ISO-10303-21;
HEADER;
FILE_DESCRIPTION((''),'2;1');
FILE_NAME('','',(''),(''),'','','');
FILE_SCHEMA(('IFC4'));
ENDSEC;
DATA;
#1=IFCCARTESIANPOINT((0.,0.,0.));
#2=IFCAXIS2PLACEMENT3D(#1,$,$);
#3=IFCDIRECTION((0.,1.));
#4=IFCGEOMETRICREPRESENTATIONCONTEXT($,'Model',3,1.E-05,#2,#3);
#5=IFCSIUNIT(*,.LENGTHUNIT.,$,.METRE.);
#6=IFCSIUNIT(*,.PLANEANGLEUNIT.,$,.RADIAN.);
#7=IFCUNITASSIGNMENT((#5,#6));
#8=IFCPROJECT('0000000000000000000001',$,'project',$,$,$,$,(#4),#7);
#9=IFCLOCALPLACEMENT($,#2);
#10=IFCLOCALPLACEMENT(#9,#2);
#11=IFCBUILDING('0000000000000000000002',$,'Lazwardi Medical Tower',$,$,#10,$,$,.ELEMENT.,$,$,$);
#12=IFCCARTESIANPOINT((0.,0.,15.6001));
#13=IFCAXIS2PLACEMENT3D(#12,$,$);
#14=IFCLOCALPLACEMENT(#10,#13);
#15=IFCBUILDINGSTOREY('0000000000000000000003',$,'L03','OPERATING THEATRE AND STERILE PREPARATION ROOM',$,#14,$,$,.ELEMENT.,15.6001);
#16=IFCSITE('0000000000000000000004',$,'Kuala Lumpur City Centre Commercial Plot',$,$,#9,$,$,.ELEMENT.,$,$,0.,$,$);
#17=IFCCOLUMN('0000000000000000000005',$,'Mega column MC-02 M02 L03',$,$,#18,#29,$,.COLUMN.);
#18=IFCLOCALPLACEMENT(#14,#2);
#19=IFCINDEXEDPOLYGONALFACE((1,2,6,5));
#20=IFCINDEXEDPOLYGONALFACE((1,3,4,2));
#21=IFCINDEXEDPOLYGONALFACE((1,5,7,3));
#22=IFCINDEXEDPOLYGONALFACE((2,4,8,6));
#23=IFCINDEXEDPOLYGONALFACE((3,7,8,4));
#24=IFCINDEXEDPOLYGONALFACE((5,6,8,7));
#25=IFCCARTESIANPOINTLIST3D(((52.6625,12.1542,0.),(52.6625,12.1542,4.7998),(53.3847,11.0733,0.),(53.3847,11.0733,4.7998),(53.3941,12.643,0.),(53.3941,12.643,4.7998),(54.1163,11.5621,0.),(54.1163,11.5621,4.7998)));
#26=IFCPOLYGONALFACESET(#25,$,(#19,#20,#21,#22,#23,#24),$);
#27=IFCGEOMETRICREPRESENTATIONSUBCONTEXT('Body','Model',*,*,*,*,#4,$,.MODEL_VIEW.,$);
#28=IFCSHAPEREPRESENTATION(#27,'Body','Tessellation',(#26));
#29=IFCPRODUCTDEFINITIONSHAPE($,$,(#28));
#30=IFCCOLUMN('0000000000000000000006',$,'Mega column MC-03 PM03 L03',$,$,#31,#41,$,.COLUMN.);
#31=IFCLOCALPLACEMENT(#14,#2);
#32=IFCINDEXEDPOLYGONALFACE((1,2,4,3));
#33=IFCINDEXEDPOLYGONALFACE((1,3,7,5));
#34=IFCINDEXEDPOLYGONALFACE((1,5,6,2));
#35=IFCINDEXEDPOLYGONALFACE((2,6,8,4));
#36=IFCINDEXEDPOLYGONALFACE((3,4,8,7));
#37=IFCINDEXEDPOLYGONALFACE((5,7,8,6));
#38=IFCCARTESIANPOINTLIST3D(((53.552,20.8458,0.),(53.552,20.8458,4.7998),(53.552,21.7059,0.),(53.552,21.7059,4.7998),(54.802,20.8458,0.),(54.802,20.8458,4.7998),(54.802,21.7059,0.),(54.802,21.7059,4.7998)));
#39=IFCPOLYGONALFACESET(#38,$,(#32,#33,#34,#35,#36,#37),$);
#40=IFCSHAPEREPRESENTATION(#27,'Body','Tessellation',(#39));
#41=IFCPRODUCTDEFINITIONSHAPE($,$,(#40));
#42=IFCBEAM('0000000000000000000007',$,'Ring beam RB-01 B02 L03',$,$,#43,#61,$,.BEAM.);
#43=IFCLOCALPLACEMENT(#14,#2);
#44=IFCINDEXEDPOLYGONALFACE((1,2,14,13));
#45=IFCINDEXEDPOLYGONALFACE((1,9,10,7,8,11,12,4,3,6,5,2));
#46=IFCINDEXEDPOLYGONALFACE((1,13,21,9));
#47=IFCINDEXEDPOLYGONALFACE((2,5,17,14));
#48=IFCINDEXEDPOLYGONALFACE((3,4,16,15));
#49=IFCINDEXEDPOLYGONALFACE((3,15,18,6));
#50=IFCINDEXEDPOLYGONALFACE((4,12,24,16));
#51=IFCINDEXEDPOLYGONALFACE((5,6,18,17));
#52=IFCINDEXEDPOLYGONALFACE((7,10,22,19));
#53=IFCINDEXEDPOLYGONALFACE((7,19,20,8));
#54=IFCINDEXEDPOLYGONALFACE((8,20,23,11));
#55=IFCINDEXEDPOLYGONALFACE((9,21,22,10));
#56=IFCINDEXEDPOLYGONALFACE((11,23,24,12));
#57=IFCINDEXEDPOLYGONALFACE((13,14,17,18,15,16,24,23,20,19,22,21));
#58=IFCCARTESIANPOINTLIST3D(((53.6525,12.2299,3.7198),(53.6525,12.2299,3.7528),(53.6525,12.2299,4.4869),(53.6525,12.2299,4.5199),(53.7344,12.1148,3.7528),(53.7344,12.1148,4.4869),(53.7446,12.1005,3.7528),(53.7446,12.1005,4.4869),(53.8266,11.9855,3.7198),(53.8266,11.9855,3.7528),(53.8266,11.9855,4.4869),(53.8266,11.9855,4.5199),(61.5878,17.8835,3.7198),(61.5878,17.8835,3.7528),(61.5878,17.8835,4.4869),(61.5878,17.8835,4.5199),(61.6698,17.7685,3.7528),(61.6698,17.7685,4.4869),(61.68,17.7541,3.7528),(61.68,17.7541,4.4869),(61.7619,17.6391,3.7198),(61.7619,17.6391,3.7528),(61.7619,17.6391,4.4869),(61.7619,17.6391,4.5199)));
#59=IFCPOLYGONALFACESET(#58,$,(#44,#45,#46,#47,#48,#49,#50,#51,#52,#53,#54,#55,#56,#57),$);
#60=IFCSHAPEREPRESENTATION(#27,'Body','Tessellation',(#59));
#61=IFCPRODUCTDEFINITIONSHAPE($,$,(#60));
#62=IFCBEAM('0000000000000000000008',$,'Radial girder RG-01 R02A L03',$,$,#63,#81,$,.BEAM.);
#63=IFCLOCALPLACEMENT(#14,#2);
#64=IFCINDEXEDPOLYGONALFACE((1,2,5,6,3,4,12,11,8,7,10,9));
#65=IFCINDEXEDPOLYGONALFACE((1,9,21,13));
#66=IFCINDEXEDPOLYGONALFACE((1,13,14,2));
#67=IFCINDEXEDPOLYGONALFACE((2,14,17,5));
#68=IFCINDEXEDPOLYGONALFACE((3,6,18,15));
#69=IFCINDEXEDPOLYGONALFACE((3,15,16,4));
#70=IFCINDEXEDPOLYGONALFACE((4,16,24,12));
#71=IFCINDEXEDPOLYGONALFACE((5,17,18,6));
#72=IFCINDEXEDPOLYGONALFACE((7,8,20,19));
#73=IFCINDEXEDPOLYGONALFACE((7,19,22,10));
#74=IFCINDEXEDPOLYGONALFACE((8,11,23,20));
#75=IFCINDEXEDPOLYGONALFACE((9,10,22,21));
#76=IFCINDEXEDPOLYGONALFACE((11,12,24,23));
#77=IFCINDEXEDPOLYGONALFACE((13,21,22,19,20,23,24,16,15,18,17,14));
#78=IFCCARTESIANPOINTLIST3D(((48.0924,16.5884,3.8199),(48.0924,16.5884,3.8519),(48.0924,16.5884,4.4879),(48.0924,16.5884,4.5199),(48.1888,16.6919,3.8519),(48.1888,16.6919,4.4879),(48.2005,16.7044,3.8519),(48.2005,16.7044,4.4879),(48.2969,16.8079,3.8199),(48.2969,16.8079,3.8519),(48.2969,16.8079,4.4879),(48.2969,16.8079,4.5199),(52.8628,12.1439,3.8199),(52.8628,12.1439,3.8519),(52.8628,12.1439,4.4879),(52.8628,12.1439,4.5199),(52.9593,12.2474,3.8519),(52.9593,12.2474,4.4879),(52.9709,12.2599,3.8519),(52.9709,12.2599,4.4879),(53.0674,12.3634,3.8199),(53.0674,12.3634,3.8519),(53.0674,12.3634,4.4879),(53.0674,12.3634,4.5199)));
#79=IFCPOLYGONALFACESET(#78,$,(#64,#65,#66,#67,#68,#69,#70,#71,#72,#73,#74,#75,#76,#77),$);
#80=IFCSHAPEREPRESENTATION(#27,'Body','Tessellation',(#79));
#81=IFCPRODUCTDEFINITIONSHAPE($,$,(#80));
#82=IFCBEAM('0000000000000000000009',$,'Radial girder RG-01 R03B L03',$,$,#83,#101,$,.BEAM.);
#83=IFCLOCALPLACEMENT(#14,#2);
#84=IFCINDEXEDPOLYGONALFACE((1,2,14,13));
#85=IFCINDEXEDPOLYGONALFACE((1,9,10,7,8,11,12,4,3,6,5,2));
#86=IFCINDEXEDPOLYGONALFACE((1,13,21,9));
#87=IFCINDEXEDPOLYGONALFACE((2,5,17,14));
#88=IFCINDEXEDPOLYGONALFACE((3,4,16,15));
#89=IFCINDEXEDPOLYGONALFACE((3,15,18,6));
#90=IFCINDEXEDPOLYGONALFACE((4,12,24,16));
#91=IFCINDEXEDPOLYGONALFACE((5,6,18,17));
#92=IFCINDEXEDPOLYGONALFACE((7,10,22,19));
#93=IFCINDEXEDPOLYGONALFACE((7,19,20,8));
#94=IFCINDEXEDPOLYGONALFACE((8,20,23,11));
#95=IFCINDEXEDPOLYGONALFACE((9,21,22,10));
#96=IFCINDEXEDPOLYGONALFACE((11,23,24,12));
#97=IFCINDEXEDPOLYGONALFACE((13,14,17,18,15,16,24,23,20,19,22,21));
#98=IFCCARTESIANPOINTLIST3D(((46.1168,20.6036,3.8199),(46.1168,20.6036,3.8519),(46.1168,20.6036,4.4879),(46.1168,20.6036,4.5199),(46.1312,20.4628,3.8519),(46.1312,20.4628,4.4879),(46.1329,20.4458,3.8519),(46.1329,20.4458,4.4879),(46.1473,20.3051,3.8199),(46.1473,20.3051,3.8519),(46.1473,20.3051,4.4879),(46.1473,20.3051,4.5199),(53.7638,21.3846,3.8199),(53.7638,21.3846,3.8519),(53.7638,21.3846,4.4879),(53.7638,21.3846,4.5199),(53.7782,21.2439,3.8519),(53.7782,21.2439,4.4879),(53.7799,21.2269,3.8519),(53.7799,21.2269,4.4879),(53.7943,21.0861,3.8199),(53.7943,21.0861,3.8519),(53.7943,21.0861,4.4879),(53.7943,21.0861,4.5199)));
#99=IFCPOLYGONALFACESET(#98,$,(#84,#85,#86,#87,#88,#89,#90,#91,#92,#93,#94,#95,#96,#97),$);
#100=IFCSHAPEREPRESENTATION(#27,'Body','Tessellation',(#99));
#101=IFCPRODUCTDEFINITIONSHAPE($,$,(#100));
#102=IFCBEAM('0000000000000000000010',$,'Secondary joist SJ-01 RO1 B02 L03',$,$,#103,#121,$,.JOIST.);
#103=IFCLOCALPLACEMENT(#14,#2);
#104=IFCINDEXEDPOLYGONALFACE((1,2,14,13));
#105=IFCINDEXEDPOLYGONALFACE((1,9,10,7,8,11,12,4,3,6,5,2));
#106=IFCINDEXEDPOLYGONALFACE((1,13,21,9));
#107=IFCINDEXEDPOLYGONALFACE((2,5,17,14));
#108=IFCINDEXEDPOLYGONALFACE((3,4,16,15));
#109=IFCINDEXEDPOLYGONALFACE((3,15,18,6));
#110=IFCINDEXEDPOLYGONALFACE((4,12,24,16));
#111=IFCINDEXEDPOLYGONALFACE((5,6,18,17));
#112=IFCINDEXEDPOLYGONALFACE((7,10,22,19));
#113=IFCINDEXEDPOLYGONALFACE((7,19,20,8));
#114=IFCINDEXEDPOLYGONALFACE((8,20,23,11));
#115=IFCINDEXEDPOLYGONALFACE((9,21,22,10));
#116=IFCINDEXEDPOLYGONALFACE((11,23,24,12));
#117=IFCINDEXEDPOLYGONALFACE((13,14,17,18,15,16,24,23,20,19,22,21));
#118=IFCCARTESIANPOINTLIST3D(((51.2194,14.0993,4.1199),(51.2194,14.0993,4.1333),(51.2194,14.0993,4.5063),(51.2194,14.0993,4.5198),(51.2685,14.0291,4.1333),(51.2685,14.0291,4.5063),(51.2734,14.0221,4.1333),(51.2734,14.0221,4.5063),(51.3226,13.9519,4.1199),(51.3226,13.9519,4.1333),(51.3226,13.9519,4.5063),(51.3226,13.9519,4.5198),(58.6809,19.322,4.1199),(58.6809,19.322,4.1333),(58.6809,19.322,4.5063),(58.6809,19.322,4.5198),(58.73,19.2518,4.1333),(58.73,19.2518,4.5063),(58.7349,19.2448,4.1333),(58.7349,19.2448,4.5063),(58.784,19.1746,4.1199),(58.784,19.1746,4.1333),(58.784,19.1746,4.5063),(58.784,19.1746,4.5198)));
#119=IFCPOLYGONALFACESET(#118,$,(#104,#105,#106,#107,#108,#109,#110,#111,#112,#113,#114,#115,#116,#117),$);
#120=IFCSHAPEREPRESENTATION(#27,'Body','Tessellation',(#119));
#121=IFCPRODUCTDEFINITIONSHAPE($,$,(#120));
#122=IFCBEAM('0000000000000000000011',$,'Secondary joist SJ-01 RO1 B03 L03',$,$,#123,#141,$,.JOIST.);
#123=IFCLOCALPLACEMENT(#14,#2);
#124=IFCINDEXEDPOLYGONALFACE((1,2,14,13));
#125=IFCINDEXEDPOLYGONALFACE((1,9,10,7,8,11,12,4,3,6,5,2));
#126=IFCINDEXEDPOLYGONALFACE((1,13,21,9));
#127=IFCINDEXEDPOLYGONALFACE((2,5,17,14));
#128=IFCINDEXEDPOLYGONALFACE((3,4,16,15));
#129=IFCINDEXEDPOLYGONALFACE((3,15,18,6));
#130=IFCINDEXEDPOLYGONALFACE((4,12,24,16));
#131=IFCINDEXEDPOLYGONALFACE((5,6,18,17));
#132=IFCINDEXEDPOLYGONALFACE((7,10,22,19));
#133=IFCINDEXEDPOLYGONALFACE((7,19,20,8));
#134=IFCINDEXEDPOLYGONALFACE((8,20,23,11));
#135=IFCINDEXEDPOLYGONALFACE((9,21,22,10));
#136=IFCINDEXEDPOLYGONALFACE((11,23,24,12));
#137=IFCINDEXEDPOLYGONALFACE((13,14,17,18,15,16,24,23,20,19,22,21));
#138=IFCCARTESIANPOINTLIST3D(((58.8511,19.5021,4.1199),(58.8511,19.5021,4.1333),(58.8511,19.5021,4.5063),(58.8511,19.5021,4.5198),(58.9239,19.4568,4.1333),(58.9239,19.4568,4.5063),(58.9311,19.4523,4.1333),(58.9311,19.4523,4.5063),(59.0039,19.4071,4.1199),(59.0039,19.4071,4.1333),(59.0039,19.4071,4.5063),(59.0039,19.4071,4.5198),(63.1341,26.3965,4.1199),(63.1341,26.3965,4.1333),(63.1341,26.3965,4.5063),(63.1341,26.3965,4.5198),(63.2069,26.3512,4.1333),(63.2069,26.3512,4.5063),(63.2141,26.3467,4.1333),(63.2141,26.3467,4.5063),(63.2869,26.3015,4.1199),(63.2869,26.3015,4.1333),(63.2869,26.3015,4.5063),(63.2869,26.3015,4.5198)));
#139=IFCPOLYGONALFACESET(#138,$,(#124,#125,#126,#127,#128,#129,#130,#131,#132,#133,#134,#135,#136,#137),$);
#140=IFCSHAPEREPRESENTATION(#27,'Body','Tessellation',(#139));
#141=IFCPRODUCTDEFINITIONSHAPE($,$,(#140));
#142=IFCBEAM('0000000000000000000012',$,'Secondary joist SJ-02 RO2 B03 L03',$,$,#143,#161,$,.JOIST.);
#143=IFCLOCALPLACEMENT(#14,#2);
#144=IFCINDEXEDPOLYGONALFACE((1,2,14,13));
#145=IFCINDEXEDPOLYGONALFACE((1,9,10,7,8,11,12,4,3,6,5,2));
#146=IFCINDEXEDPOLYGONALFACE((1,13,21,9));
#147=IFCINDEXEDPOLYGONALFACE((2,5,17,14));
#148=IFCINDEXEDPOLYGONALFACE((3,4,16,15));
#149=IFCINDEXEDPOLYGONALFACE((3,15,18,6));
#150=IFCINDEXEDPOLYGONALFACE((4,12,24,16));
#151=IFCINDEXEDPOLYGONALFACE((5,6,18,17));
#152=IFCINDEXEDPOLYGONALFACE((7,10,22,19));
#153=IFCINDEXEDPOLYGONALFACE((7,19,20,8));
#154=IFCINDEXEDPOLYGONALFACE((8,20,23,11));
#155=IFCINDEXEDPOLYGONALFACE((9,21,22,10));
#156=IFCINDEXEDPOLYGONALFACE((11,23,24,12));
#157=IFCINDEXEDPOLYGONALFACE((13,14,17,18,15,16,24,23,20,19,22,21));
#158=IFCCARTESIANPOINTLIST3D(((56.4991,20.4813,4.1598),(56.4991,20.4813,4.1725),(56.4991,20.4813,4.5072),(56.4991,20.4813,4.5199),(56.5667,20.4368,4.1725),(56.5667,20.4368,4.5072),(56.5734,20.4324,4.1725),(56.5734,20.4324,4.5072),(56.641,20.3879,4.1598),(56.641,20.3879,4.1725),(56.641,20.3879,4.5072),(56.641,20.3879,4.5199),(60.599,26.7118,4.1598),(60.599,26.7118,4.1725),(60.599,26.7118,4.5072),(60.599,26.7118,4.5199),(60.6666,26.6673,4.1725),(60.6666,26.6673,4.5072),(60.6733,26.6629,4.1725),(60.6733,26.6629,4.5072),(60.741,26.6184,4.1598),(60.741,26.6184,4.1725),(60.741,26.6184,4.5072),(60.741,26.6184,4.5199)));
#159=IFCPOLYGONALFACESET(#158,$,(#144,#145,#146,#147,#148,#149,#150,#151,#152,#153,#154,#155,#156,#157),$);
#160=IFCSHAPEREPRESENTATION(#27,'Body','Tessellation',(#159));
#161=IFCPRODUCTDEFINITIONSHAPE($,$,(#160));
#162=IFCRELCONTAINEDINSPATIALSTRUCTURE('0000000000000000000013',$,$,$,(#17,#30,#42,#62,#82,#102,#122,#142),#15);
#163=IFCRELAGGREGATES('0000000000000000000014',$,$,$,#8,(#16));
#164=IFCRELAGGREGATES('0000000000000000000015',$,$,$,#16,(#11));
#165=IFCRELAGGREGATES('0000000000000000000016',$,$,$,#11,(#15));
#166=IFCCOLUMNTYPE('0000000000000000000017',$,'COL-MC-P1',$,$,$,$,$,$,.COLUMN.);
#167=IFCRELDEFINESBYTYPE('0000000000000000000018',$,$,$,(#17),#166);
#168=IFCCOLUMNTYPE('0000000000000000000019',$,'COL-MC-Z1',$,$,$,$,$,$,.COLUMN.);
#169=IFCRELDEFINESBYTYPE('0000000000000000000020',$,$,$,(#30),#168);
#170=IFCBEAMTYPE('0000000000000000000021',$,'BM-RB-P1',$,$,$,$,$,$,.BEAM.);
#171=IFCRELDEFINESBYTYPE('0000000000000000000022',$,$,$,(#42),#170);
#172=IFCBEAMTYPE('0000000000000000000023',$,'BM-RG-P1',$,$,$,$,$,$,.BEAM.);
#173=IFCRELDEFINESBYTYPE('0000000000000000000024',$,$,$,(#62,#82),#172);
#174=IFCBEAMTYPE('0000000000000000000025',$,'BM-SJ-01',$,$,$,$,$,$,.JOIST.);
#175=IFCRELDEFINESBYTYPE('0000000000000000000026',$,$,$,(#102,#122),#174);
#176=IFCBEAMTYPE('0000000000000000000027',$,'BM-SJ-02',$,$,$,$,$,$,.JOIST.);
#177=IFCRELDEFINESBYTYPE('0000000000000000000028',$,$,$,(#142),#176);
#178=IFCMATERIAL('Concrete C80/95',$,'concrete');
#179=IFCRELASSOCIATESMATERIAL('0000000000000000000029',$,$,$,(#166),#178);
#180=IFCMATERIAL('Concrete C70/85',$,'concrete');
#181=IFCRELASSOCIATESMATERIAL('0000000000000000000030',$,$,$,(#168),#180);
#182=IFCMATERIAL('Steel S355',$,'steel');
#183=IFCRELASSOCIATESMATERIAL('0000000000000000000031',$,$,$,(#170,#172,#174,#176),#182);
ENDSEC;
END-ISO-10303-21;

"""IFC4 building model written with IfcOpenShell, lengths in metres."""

from ifc_helpers import new_model, si_unit, direction, frame, origin, origin_2d, place, context, subcontext, project, spatial, rectangle, i_section, extrude, material, material_profile, profile_set, type_object, element, save


model = new_model("IFC4")

# Units and contexts
model_context = context("Model", 3, precision=1e-05, world=origin(), true_north=direction((0.0, 1.0)))
body_context = subcontext(model_context, "Body", "Model", "MODEL_VIEW")
ifc_project = project(units=[si_unit("LENGTHUNIT", "METRE"), si_unit("PLANEANGLEUNIT", "RADIAN")], contexts=[model_context])

# Site, building, storey
site_placement = place(None, origin())
site = spatial("IfcSite", under=ifc_project, at=site_placement, Name="Kuala Lumpur City Centre Commercial Plot", CompositionType="ELEMENT", RefElevation=0.0)
building_placement = place(site_placement, origin())
building = spatial("IfcBuilding", under=site, at=building_placement, Name="Lazwardi Medical Tower", CompositionType="ELEMENT")
storey_placement = place(building_placement, frame((0.0, 0.0, 15.6001)))
storey = spatial("IfcBuildingStorey", under=building, at=storey_placement, Name="L03", Description="OPERATING THEATRE AND STERILE PREPARATION ROOM", CompositionType="ELEMENT", Elevation=15.6001)

# Columns
ifc_material_1 = material(Name="Concrete C80/95", Category="concrete")
ifc_material_profile_1 = material_profile(ifc_material_1, rectangle(XDim=1.3, YDim=0.8799, at=origin_2d()), Name="CFT-RECT 1300x880")
ifc_profile_set_1 = profile_set([ifc_material_profile_1], Name="Concrete C80/95")
column_type_1 = type_object("IfcColumnType", Name="COL-MC-P1", PredefinedType="COLUMN", material=ifc_profile_set_1)
column_1_placement = place(storey_placement, frame((53.3894, 11.8582, 0.0), z_axis=(0.0, 0.0, 1.0), x_axis=(0.55557, -0.83147, 0.0)))
element("IfcColumn", 1, at=column_1_placement, inside=storey, type_object=column_type_1, Name="Mega column MC-02 M02 L03", PredefinedType="COLUMN", context=body_context, shape_type="SweptSolid", body=[
    extrude(rectangle(XDim=1.3, YDim=0.8799, at=origin_2d()), origin(), (0.0, 0.0, 1.0), 4.7998),
])
ifc_material_2 = material(Name="Concrete C70/85", Category="concrete")
ifc_material_profile_2 = material_profile(ifc_material_2, rectangle(XDim=1.25, YDim=0.8601, at=origin_2d()), Name="CFT-RECT 1250x860")
ifc_profile_set_2 = profile_set([ifc_material_profile_2], Name="Concrete C70/85")
column_type_2 = type_object("IfcColumnType", Name="COL-MC-Z1", PredefinedType="COLUMN", material=ifc_profile_set_2)
column_2_placement = place(storey_placement, frame((54.177, 21.2759, 0.0), z_axis=(0.0, 0.0, 1.0), x_axis=(1.0, 0.0, 0.0)))
element("IfcColumn", 2, at=column_2_placement, inside=storey, type_object=column_type_2, Name="Mega column MC-03 PM03 L03", PredefinedType="COLUMN", context=body_context, shape_type="SweptSolid", body=[
    extrude(rectangle(XDim=1.25, YDim=0.8601, at=origin_2d()), origin(), (0.0, 0.0, 1.0), 4.7998),
])

# Beams
ifc_material_3 = material(Name="Steel S355", Category="steel")
ifc_material_profile_3 = material_profile(ifc_material_3, i_section(OverallWidth=0.3, OverallDepth=0.8, WebThickness=0.0176, FlangeThickness=0.033, at=origin_2d()), Name="HEB 800")
ifc_profile_set_3 = profile_set([ifc_material_profile_3], Name="Steel S355")
beam_type_1 = type_object("IfcBeamType", Name="BM-RB-P1", PredefinedType="BEAM", material=ifc_profile_set_3)
beam_1_placement = place(storey_placement, frame((53.7395, 12.1077, 4.1199), z_axis=(0.814437, 0.580252, 0.0), x_axis=(-0.580252, 0.814437, 0.0)))
element("IfcBeam", 3, at=beam_1_placement, inside=storey, type_object=beam_type_1, Name="Ring beam RB-01 B02 L03", PredefinedType="BEAM", context=body_context, shape_type="SweptSolid", body=[
    extrude(i_section(OverallWidth=0.3, OverallDepth=0.8, WebThickness=0.0176, FlangeThickness=0.033, at=origin_2d()), origin(), (0.0, 0.0, 1.0), 9.7434),
])
ifc_material_profile_4 = material_profile(ifc_material_3, i_section(OverallWidth=0.3, OverallDepth=0.7, WebThickness=0.0171, FlangeThickness=0.032, at=origin_2d()), Name="HEB 700")
ifc_profile_set_4 = profile_set([ifc_material_profile_4], Name="Steel S355")
beam_type_2 = type_object("IfcBeamType", Name="BM-RG-P1", PredefinedType="BEAM", material=ifc_profile_set_4)
beam_2_placement = place(storey_placement, frame((52.9651, 12.2537, 4.1699), z_axis=(-0.731659, 0.681671, 0.0), x_axis=(-0.681671, -0.731659, 0.0)))
element("IfcBeam", 4, at=beam_2_placement, inside=storey, type_object=beam_type_2, Name="Radial girder RG-01 R02A L03", PredefinedType="BEAM", context=body_context, shape_type="SweptSolid", body=[
    extrude(i_section(OverallWidth=0.3, OverallDepth=0.7, WebThickness=0.0171, FlangeThickness=0.032, at=origin_2d()), origin(), (0.0, 0.0, 1.0), 6.52),
])
beam_3_placement = place(storey_placement, frame((53.7791, 21.2354, 4.1699), z_axis=(-0.994825, -0.101604, 0.0), x_axis=(0.101604, -0.994825, 0.0)))
element("IfcBeam", 5, at=beam_3_placement, inside=storey, type_object=beam_type_2, Name="Radial girder RG-01 R03B L03", PredefinedType="BEAM", context=body_context, shape_type="SweptSolid", body=[
    extrude(i_section(OverallWidth=0.3, OverallDepth=0.7, WebThickness=0.0171, FlangeThickness=0.032, at=origin_2d()), origin(), (0.0, 0.0, 1.0), 7.6868),
])
ifc_material_profile_5 = material_profile(ifc_material_3, i_section(OverallWidth=0.1799, OverallDepth=0.3999, WebThickness=0.0085, FlangeThickness=0.0134, at=origin_2d()), Name="IPE 400")
ifc_profile_set_5 = profile_set([ifc_material_profile_5], Name="Steel S355")
beam_type_3 = type_object("IfcBeamType", Name="BM-SJ-01", PredefinedType="JOIST", material=ifc_profile_set_5)
beam_4_placement = place(storey_placement, frame((51.271, 14.0256, 4.3198), z_axis=(0.81925, 0.573437, 0.0), x_axis=(-0.573437, 0.81925, 0.0)))
element("IfcBeam", 6, at=beam_4_placement, inside=storey, type_object=beam_type_3, Name="Secondary joist SJ-01 RO1 B02 L03", PredefinedType="JOIST", context=body_context, shape_type="SweptSolid", body=[
    extrude(i_section(OverallWidth=0.1799, OverallDepth=0.3999, WebThickness=0.0085, FlangeThickness=0.0134, at=origin_2d()), origin(), (0.0, 0.0, 1.0), 9.1077),
])
beam_5_placement = place(storey_placement, frame((58.9275, 19.4546, 4.3198), z_axis=(0.527696, 0.849433, 0.0), x_axis=(-0.849433, 0.527696, 0.0)))
element("IfcBeam", 7, at=beam_5_placement, inside=storey, type_object=beam_type_3, Name="Secondary joist SJ-01 RO1 B03 L03", PredefinedType="JOIST", context=body_context, shape_type="SweptSolid", body=[
    extrude(i_section(OverallWidth=0.1799, OverallDepth=0.3999, WebThickness=0.0085, FlangeThickness=0.0134, at=origin_2d()), origin(), (0.0, 0.0, 1.0), 8.1165),
])
ifc_material_profile_6 = material_profile(ifc_material_3, i_section(OverallWidth=0.1699, OverallDepth=0.3601, WebThickness=0.0081, FlangeThickness=0.0127, at=origin_2d()), Name="IPE 360")
ifc_profile_set_6 = profile_set([ifc_material_profile_6], Name="Steel S355")
beam_type_4 = type_object("IfcBeamType", Name="BM-SJ-02", PredefinedType="JOIST", material=ifc_profile_set_6)
beam_6_placement = place(storey_placement, frame((56.5701, 20.4346, 4.3398), z_axis=(0.549697, 0.835364, 0.0), x_axis=(-0.835364, 0.549697, 0.0)))
element("IfcBeam", 8, at=beam_6_placement, inside=storey, type_object=beam_type_4, Name="Secondary joist SJ-02 RO2 B03 L03", PredefinedType="JOIST", context=body_context, shape_type="SweptSolid", body=[
    extrude(i_section(OverallWidth=0.1699, OverallDepth=0.3601, WebThickness=0.0081, FlangeThickness=0.0127, at=origin_2d()), origin(), (0.0, 0.0, 1.0), 7.4585),
])

save(model, "model.ifc")
